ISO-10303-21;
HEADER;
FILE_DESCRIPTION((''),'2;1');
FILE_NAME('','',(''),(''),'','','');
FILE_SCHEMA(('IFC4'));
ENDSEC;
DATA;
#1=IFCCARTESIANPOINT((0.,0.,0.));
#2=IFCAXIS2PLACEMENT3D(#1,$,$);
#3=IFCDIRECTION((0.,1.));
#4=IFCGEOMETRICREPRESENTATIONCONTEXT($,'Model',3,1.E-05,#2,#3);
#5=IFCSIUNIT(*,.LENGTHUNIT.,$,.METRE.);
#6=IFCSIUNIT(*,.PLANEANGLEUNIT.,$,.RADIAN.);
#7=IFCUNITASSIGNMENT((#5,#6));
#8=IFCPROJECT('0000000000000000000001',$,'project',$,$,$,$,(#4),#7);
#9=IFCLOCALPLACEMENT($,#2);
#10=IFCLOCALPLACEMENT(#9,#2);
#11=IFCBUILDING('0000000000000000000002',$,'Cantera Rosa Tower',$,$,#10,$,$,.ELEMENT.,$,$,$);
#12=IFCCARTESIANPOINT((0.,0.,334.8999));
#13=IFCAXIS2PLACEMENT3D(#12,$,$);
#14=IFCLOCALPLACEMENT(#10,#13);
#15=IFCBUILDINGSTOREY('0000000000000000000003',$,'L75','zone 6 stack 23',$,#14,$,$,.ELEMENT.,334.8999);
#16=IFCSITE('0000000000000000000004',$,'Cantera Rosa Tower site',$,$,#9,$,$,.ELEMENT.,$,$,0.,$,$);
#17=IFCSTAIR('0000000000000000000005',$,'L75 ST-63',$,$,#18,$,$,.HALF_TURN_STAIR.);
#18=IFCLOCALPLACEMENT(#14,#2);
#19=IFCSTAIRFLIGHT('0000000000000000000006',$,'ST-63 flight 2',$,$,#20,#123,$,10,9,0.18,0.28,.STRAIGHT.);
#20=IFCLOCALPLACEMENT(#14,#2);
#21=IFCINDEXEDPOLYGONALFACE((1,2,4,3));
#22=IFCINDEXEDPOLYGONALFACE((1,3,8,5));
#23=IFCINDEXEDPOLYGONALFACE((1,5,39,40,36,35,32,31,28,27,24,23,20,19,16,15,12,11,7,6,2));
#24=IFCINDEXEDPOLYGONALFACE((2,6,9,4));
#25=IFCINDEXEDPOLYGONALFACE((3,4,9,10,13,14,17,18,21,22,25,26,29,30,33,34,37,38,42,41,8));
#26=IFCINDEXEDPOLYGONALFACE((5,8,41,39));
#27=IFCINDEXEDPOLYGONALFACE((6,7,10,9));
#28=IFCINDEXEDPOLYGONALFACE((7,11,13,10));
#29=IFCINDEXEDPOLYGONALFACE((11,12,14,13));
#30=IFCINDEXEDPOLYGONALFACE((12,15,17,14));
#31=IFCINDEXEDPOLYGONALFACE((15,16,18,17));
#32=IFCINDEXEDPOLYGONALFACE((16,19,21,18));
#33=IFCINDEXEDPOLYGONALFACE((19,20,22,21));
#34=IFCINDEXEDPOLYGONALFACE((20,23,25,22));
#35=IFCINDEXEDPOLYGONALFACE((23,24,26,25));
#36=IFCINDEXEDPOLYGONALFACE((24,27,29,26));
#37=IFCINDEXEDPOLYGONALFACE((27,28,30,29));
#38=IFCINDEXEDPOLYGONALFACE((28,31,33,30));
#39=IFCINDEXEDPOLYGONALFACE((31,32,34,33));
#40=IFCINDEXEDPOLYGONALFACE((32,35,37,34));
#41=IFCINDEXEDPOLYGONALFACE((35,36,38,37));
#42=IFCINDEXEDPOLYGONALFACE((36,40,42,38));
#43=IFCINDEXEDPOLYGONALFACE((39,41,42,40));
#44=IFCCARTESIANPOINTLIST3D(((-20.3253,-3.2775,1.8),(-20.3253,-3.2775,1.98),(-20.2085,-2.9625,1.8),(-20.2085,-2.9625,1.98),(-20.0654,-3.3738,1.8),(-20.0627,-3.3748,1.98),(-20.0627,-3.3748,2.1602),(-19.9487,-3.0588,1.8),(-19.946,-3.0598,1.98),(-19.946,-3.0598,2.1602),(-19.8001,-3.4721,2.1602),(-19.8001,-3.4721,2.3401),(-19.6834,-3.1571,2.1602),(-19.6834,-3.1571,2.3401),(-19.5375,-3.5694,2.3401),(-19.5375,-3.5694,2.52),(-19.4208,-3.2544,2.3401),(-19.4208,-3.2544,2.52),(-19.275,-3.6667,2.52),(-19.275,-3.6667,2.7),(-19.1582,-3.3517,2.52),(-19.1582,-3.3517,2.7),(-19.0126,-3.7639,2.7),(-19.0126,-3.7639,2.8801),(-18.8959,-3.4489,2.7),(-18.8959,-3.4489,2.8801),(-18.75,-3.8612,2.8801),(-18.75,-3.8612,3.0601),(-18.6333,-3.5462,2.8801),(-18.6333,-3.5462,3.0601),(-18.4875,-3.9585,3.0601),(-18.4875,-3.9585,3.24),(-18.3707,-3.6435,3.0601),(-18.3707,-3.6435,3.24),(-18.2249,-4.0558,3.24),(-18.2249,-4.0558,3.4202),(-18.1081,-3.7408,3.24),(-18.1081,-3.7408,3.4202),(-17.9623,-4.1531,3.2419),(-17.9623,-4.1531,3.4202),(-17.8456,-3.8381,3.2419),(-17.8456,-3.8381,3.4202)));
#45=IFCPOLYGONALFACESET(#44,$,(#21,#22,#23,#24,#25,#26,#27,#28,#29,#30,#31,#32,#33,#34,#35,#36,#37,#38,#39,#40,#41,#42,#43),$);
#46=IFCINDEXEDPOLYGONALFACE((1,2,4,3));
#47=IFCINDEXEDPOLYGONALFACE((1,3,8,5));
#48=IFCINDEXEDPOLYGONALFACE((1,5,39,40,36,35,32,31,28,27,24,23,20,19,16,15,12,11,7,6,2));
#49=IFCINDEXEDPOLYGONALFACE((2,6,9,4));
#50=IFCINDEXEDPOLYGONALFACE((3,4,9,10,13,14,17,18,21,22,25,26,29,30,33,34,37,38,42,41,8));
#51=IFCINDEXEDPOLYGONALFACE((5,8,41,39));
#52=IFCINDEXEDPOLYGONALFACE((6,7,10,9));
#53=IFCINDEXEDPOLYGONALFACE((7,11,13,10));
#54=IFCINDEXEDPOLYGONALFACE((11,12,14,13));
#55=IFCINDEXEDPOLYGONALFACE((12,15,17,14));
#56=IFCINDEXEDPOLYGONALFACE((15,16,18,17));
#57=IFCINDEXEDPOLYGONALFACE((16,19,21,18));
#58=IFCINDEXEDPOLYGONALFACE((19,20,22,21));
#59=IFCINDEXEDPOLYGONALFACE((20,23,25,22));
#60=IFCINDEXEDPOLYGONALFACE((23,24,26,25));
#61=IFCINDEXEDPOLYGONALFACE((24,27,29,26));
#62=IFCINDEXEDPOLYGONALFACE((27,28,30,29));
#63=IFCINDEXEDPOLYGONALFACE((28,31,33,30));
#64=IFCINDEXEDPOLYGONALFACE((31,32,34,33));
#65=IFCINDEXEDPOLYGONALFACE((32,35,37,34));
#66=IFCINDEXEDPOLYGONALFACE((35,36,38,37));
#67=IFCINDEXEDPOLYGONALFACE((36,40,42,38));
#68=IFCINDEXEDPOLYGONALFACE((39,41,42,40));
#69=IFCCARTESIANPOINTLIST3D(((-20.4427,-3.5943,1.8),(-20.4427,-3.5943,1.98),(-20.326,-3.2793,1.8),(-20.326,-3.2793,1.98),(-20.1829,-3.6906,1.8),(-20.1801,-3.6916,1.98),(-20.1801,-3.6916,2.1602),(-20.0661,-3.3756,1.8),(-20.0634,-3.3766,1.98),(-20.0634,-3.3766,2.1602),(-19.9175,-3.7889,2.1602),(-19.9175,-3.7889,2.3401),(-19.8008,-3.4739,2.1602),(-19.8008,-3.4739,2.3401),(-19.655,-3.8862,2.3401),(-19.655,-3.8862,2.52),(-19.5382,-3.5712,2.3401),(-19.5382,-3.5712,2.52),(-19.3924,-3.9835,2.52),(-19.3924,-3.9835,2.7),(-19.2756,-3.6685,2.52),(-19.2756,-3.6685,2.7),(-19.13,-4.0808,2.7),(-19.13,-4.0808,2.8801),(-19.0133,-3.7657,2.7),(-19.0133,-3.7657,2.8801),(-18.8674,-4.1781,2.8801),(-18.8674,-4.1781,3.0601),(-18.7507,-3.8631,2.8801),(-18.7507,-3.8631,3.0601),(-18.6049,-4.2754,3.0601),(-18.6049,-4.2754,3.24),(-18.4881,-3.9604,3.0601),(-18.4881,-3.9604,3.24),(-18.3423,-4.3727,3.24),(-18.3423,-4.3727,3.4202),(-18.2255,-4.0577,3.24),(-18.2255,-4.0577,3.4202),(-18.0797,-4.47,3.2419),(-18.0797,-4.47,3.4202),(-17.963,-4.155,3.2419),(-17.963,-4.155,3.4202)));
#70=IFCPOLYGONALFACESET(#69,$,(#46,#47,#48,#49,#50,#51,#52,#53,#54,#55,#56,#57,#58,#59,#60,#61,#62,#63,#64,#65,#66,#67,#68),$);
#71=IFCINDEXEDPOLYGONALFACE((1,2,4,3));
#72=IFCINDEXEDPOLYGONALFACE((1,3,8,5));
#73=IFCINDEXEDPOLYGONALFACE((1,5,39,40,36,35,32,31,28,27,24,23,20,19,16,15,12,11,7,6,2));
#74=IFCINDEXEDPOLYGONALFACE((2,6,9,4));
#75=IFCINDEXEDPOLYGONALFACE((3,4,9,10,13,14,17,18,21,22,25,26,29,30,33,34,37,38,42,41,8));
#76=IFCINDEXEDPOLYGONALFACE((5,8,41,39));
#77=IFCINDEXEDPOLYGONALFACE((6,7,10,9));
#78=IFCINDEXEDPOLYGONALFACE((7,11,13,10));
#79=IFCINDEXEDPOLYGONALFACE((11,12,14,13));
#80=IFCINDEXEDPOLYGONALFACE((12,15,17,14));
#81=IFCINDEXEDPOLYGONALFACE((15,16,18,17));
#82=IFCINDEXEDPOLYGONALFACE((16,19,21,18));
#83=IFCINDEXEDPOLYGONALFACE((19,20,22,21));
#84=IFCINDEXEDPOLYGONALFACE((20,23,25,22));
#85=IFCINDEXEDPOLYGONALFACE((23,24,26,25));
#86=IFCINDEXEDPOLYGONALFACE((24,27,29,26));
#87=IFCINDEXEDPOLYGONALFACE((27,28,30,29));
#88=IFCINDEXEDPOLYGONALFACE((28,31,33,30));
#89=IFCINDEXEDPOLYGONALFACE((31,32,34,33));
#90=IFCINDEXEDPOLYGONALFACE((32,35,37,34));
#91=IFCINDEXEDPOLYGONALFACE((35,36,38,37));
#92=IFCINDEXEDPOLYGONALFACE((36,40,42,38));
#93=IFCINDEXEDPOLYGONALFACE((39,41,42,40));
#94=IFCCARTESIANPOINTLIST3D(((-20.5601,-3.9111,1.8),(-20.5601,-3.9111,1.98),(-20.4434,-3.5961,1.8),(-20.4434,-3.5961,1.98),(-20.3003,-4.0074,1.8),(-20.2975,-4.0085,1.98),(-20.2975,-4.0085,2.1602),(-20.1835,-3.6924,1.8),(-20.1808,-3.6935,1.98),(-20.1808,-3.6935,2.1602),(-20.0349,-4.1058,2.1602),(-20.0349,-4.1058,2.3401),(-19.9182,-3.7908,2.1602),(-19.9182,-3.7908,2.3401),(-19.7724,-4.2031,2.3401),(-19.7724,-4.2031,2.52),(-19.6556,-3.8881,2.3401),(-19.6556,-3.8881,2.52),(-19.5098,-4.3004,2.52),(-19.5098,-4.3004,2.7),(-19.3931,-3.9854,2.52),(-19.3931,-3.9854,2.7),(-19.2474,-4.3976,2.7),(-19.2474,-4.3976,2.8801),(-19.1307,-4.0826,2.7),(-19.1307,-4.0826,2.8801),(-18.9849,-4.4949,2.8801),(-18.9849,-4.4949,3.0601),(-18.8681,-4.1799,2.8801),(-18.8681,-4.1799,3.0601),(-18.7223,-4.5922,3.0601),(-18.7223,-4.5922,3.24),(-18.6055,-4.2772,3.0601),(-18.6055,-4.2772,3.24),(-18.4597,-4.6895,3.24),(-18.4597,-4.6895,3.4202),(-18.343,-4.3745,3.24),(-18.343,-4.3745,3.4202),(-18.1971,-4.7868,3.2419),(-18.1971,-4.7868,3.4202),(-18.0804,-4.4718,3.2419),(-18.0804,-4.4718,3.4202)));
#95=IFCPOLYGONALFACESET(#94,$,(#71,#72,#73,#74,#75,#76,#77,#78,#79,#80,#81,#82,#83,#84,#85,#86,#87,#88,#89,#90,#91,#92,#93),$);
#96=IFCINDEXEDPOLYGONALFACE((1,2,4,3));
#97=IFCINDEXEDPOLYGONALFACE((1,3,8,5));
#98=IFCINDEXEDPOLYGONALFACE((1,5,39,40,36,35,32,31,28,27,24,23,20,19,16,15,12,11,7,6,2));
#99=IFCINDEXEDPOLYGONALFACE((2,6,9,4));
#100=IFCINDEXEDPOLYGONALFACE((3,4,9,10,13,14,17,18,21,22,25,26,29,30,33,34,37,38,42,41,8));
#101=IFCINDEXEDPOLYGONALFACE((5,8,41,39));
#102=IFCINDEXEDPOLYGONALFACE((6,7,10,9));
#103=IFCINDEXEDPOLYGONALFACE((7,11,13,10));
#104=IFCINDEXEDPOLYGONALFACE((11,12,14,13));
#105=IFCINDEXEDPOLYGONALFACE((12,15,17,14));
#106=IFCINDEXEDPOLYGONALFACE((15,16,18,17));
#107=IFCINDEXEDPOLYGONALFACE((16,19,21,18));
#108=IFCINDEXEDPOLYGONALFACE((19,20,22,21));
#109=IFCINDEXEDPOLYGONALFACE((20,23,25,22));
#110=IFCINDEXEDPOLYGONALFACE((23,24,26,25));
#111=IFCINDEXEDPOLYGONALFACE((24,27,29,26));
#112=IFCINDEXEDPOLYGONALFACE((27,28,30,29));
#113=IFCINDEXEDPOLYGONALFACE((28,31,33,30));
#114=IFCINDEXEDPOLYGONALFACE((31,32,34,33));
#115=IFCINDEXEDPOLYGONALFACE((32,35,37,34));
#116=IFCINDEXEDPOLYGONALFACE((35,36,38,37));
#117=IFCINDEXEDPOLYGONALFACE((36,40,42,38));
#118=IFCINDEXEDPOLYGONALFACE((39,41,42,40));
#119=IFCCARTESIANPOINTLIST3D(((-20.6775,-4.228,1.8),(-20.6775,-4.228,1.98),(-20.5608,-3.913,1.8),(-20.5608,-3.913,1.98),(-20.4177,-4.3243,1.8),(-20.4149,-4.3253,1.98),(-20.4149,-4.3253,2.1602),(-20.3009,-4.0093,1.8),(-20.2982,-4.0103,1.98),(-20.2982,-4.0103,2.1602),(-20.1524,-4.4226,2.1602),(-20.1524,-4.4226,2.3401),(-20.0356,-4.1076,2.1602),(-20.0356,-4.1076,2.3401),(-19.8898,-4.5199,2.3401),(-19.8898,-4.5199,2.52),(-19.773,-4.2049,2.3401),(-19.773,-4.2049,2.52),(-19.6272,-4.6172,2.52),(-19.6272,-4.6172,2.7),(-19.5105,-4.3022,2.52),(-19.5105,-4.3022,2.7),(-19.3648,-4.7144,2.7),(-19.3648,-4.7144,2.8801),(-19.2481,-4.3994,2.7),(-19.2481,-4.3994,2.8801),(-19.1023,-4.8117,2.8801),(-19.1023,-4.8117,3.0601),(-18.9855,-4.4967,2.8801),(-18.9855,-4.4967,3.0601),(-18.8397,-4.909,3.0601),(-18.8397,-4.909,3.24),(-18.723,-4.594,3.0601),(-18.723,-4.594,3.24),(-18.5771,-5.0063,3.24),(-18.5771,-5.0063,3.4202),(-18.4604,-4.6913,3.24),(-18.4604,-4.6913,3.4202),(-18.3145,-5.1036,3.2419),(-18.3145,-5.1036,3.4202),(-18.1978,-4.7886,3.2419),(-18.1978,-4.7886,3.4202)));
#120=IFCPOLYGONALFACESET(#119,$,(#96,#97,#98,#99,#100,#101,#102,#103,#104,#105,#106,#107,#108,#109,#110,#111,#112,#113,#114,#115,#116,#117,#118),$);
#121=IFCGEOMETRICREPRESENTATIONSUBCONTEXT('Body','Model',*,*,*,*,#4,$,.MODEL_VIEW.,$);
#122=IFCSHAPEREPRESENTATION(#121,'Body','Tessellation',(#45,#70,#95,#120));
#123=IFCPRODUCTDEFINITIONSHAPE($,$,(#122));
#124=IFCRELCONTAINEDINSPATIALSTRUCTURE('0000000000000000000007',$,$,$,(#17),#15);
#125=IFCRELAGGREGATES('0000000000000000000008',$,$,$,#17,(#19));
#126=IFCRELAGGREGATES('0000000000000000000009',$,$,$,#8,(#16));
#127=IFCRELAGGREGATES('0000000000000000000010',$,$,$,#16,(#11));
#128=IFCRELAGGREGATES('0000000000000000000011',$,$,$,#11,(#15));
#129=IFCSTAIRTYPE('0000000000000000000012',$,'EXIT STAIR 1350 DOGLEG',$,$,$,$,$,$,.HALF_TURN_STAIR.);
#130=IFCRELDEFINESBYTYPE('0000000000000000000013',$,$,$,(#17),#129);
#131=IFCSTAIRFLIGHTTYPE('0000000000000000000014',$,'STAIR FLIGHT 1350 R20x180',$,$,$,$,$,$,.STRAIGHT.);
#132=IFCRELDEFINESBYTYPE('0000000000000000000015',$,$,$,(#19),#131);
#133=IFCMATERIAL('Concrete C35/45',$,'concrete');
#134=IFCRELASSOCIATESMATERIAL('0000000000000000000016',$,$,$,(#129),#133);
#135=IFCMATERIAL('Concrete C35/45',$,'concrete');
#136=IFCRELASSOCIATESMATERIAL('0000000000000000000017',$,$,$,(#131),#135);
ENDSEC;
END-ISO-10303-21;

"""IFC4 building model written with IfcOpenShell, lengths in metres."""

from ifc_helpers import new_model, si_unit, direction, frame, origin, place, context, subcontext, project, spatial, polyline, outline, extrude, material, type_object, element, aggregate, save


model = new_model("IFC4")

# Units and contexts
model_context = context("Model", 3, precision=1e-05, world=origin(), true_north=direction((0.0, 1.0)))
body_context = subcontext(model_context, "Body", "Model", "MODEL_VIEW")
ifc_project = project(units=[si_unit("LENGTHUNIT", "METRE"), si_unit("PLANEANGLEUNIT", "RADIAN")], contexts=[model_context])

# Site, building, storey
site_placement = place(None, origin())
site = spatial("IfcSite", under=ifc_project, at=site_placement, Name="Cantera Rosa Tower site", CompositionType="ELEMENT", RefElevation=0.0)
building_placement = place(site_placement, origin())
building = spatial("IfcBuilding", under=site, at=building_placement, Name="Cantera Rosa Tower", CompositionType="ELEMENT")
storey_placement = place(building_placement, frame((0.0, 0.0, 334.8999)))
storey = spatial("IfcBuildingStorey", under=building, at=storey_placement, Name="L75", Description="zone 6 stack 23", CompositionType="ELEMENT", Elevation=334.8999)

# Stair, stair flight
ifc_material_1 = material(Name="Concrete C35/45", Category="concrete")
stair_type = type_object("IfcStairType", Name="EXIT STAIR 1350 DOGLEG", PredefinedType="HALF_TURN_STAIR", material=ifc_material_1)
stair_placement = place(storey_placement, origin())
stair = element("IfcStair", 1, at=stair_placement, inside=storey, type_object=stair_type, Name="L75 ST-63", PredefinedType="HALF_TURN_STAIR")
ifc_material_2 = material(Name="Concrete C35/45", Category="concrete")
stair_flight_type = type_object("IfcStairFlightType", Name="STAIR FLIGHT 1350 R20x180", PredefinedType="STRAIGHT", material=ifc_material_2)
stair_flight_1_placement = place(storey_placement, frame((-20.4431, -3.5955, 1.8), z_axis=(0.0, 0.0, 1.0), x_axis=(0.937687, -0.347481, 0.0)))
stair_flight_1 = element("IfcStairFlight", 2, at=stair_flight_1_placement, type_object=stair_flight_type, Name="ST-63 flight 2", NumberOfRisers=10, NumberOfTreads=9, PredefinedType="STRAIGHT", RiserHeight=0.18, TreadLength=0.28, context=body_context, shape_type="SweptSolid", body=[
    extrude(outline(polyline([(0.0, 0.0), (0.0, 0.1799), (0.28, 0.1799), (0.28, 0.3601), (0.5601, 0.3601), (0.5601, 0.54), (0.8401, 0.54), (0.8401, 0.72), (1.1201, 0.72), (1.1201, 0.8999), (1.3999, 0.8999), (1.3999, 1.0801), (1.6799, 1.0801), (1.6799, 1.26), (1.96, 1.26), (1.96, 1.4399), (2.24, 1.4399), (2.24, 1.6201), (2.52, 1.6201), (2.52, 1.8), (2.52, 1.4419), (0.2771, 0.0), (0.0, 0.0)])), frame((0.0, 0.675, 0.0), z_axis=(0.0, -1.0, 0.0), x_axis=(1.0, 0.0, 0.0)), (0.0, 0.0, 1.0), 0.3359),
    extrude(outline(polyline([(0.0, 0.0), (0.0, 0.1799), (0.28, 0.1799), (0.28, 0.3601), (0.5601, 0.3601), (0.5601, 0.54), (0.8401, 0.54), (0.8401, 0.72), (1.1201, 0.72), (1.1201, 0.8999), (1.3999, 0.8999), (1.3999, 1.0801), (1.6799, 1.0801), (1.6799, 1.26), (1.96, 1.26), (1.96, 1.4399), (2.24, 1.4399), (2.24, 1.6201), (2.52, 1.6201), (2.52, 1.8), (2.52, 1.4419), (0.2771, 0.0), (0.0, 0.0)])), frame((0.0, 0.3372, 0.0), z_axis=(0.0, -1.0, 0.0), x_axis=(1.0, 0.0, 0.0)), (0.0, 0.0, 1.0), 0.3359),
    extrude(outline(polyline([(0.0, 0.0), (0.0, 0.1799), (0.28, 0.1799), (0.28, 0.3601), (0.5601, 0.3601), (0.5601, 0.54), (0.8401, 0.54), (0.8401, 0.72), (1.1201, 0.72), (1.1201, 0.8999), (1.3999, 0.8999), (1.3999, 1.0801), (1.6799, 1.0801), (1.6799, 1.26), (1.96, 1.26), (1.96, 1.4399), (2.24, 1.4399), (2.24, 1.6201), (2.52, 1.6201), (2.52, 1.8), (2.52, 1.4419), (0.2771, 0.0), (0.0, 0.0)])), frame((0.0, -0.0007, 0.0), z_axis=(0.0, -1.0, 0.0), x_axis=(1.0, 0.0, 0.0)), (0.0, 0.0, 1.0), 0.3359),
    extrude(outline(polyline([(0.0, 0.0), (0.0, 0.1799), (0.28, 0.1799), (0.28, 0.3601), (0.5601, 0.3601), (0.5601, 0.54), (0.8401, 0.54), (0.8401, 0.72), (1.1201, 0.72), (1.1201, 0.8999), (1.3999, 0.8999), (1.3999, 1.0801), (1.6799, 1.0801), (1.6799, 1.26), (1.96, 1.26), (1.96, 1.4399), (2.24, 1.4399), (2.24, 1.6201), (2.52, 1.6201), (2.52, 1.8), (2.52, 1.4419), (0.2771, 0.0), (0.0, 0.0)])), frame((0.0, -0.3386, 0.0), z_axis=(0.0, -1.0, 0.0), x_axis=(1.0, 0.0, 0.0)), (0.0, 0.0, 1.0), 0.3359),
])
aggregate(stair, [stair_flight_1])

save(model, "model.ifc")
